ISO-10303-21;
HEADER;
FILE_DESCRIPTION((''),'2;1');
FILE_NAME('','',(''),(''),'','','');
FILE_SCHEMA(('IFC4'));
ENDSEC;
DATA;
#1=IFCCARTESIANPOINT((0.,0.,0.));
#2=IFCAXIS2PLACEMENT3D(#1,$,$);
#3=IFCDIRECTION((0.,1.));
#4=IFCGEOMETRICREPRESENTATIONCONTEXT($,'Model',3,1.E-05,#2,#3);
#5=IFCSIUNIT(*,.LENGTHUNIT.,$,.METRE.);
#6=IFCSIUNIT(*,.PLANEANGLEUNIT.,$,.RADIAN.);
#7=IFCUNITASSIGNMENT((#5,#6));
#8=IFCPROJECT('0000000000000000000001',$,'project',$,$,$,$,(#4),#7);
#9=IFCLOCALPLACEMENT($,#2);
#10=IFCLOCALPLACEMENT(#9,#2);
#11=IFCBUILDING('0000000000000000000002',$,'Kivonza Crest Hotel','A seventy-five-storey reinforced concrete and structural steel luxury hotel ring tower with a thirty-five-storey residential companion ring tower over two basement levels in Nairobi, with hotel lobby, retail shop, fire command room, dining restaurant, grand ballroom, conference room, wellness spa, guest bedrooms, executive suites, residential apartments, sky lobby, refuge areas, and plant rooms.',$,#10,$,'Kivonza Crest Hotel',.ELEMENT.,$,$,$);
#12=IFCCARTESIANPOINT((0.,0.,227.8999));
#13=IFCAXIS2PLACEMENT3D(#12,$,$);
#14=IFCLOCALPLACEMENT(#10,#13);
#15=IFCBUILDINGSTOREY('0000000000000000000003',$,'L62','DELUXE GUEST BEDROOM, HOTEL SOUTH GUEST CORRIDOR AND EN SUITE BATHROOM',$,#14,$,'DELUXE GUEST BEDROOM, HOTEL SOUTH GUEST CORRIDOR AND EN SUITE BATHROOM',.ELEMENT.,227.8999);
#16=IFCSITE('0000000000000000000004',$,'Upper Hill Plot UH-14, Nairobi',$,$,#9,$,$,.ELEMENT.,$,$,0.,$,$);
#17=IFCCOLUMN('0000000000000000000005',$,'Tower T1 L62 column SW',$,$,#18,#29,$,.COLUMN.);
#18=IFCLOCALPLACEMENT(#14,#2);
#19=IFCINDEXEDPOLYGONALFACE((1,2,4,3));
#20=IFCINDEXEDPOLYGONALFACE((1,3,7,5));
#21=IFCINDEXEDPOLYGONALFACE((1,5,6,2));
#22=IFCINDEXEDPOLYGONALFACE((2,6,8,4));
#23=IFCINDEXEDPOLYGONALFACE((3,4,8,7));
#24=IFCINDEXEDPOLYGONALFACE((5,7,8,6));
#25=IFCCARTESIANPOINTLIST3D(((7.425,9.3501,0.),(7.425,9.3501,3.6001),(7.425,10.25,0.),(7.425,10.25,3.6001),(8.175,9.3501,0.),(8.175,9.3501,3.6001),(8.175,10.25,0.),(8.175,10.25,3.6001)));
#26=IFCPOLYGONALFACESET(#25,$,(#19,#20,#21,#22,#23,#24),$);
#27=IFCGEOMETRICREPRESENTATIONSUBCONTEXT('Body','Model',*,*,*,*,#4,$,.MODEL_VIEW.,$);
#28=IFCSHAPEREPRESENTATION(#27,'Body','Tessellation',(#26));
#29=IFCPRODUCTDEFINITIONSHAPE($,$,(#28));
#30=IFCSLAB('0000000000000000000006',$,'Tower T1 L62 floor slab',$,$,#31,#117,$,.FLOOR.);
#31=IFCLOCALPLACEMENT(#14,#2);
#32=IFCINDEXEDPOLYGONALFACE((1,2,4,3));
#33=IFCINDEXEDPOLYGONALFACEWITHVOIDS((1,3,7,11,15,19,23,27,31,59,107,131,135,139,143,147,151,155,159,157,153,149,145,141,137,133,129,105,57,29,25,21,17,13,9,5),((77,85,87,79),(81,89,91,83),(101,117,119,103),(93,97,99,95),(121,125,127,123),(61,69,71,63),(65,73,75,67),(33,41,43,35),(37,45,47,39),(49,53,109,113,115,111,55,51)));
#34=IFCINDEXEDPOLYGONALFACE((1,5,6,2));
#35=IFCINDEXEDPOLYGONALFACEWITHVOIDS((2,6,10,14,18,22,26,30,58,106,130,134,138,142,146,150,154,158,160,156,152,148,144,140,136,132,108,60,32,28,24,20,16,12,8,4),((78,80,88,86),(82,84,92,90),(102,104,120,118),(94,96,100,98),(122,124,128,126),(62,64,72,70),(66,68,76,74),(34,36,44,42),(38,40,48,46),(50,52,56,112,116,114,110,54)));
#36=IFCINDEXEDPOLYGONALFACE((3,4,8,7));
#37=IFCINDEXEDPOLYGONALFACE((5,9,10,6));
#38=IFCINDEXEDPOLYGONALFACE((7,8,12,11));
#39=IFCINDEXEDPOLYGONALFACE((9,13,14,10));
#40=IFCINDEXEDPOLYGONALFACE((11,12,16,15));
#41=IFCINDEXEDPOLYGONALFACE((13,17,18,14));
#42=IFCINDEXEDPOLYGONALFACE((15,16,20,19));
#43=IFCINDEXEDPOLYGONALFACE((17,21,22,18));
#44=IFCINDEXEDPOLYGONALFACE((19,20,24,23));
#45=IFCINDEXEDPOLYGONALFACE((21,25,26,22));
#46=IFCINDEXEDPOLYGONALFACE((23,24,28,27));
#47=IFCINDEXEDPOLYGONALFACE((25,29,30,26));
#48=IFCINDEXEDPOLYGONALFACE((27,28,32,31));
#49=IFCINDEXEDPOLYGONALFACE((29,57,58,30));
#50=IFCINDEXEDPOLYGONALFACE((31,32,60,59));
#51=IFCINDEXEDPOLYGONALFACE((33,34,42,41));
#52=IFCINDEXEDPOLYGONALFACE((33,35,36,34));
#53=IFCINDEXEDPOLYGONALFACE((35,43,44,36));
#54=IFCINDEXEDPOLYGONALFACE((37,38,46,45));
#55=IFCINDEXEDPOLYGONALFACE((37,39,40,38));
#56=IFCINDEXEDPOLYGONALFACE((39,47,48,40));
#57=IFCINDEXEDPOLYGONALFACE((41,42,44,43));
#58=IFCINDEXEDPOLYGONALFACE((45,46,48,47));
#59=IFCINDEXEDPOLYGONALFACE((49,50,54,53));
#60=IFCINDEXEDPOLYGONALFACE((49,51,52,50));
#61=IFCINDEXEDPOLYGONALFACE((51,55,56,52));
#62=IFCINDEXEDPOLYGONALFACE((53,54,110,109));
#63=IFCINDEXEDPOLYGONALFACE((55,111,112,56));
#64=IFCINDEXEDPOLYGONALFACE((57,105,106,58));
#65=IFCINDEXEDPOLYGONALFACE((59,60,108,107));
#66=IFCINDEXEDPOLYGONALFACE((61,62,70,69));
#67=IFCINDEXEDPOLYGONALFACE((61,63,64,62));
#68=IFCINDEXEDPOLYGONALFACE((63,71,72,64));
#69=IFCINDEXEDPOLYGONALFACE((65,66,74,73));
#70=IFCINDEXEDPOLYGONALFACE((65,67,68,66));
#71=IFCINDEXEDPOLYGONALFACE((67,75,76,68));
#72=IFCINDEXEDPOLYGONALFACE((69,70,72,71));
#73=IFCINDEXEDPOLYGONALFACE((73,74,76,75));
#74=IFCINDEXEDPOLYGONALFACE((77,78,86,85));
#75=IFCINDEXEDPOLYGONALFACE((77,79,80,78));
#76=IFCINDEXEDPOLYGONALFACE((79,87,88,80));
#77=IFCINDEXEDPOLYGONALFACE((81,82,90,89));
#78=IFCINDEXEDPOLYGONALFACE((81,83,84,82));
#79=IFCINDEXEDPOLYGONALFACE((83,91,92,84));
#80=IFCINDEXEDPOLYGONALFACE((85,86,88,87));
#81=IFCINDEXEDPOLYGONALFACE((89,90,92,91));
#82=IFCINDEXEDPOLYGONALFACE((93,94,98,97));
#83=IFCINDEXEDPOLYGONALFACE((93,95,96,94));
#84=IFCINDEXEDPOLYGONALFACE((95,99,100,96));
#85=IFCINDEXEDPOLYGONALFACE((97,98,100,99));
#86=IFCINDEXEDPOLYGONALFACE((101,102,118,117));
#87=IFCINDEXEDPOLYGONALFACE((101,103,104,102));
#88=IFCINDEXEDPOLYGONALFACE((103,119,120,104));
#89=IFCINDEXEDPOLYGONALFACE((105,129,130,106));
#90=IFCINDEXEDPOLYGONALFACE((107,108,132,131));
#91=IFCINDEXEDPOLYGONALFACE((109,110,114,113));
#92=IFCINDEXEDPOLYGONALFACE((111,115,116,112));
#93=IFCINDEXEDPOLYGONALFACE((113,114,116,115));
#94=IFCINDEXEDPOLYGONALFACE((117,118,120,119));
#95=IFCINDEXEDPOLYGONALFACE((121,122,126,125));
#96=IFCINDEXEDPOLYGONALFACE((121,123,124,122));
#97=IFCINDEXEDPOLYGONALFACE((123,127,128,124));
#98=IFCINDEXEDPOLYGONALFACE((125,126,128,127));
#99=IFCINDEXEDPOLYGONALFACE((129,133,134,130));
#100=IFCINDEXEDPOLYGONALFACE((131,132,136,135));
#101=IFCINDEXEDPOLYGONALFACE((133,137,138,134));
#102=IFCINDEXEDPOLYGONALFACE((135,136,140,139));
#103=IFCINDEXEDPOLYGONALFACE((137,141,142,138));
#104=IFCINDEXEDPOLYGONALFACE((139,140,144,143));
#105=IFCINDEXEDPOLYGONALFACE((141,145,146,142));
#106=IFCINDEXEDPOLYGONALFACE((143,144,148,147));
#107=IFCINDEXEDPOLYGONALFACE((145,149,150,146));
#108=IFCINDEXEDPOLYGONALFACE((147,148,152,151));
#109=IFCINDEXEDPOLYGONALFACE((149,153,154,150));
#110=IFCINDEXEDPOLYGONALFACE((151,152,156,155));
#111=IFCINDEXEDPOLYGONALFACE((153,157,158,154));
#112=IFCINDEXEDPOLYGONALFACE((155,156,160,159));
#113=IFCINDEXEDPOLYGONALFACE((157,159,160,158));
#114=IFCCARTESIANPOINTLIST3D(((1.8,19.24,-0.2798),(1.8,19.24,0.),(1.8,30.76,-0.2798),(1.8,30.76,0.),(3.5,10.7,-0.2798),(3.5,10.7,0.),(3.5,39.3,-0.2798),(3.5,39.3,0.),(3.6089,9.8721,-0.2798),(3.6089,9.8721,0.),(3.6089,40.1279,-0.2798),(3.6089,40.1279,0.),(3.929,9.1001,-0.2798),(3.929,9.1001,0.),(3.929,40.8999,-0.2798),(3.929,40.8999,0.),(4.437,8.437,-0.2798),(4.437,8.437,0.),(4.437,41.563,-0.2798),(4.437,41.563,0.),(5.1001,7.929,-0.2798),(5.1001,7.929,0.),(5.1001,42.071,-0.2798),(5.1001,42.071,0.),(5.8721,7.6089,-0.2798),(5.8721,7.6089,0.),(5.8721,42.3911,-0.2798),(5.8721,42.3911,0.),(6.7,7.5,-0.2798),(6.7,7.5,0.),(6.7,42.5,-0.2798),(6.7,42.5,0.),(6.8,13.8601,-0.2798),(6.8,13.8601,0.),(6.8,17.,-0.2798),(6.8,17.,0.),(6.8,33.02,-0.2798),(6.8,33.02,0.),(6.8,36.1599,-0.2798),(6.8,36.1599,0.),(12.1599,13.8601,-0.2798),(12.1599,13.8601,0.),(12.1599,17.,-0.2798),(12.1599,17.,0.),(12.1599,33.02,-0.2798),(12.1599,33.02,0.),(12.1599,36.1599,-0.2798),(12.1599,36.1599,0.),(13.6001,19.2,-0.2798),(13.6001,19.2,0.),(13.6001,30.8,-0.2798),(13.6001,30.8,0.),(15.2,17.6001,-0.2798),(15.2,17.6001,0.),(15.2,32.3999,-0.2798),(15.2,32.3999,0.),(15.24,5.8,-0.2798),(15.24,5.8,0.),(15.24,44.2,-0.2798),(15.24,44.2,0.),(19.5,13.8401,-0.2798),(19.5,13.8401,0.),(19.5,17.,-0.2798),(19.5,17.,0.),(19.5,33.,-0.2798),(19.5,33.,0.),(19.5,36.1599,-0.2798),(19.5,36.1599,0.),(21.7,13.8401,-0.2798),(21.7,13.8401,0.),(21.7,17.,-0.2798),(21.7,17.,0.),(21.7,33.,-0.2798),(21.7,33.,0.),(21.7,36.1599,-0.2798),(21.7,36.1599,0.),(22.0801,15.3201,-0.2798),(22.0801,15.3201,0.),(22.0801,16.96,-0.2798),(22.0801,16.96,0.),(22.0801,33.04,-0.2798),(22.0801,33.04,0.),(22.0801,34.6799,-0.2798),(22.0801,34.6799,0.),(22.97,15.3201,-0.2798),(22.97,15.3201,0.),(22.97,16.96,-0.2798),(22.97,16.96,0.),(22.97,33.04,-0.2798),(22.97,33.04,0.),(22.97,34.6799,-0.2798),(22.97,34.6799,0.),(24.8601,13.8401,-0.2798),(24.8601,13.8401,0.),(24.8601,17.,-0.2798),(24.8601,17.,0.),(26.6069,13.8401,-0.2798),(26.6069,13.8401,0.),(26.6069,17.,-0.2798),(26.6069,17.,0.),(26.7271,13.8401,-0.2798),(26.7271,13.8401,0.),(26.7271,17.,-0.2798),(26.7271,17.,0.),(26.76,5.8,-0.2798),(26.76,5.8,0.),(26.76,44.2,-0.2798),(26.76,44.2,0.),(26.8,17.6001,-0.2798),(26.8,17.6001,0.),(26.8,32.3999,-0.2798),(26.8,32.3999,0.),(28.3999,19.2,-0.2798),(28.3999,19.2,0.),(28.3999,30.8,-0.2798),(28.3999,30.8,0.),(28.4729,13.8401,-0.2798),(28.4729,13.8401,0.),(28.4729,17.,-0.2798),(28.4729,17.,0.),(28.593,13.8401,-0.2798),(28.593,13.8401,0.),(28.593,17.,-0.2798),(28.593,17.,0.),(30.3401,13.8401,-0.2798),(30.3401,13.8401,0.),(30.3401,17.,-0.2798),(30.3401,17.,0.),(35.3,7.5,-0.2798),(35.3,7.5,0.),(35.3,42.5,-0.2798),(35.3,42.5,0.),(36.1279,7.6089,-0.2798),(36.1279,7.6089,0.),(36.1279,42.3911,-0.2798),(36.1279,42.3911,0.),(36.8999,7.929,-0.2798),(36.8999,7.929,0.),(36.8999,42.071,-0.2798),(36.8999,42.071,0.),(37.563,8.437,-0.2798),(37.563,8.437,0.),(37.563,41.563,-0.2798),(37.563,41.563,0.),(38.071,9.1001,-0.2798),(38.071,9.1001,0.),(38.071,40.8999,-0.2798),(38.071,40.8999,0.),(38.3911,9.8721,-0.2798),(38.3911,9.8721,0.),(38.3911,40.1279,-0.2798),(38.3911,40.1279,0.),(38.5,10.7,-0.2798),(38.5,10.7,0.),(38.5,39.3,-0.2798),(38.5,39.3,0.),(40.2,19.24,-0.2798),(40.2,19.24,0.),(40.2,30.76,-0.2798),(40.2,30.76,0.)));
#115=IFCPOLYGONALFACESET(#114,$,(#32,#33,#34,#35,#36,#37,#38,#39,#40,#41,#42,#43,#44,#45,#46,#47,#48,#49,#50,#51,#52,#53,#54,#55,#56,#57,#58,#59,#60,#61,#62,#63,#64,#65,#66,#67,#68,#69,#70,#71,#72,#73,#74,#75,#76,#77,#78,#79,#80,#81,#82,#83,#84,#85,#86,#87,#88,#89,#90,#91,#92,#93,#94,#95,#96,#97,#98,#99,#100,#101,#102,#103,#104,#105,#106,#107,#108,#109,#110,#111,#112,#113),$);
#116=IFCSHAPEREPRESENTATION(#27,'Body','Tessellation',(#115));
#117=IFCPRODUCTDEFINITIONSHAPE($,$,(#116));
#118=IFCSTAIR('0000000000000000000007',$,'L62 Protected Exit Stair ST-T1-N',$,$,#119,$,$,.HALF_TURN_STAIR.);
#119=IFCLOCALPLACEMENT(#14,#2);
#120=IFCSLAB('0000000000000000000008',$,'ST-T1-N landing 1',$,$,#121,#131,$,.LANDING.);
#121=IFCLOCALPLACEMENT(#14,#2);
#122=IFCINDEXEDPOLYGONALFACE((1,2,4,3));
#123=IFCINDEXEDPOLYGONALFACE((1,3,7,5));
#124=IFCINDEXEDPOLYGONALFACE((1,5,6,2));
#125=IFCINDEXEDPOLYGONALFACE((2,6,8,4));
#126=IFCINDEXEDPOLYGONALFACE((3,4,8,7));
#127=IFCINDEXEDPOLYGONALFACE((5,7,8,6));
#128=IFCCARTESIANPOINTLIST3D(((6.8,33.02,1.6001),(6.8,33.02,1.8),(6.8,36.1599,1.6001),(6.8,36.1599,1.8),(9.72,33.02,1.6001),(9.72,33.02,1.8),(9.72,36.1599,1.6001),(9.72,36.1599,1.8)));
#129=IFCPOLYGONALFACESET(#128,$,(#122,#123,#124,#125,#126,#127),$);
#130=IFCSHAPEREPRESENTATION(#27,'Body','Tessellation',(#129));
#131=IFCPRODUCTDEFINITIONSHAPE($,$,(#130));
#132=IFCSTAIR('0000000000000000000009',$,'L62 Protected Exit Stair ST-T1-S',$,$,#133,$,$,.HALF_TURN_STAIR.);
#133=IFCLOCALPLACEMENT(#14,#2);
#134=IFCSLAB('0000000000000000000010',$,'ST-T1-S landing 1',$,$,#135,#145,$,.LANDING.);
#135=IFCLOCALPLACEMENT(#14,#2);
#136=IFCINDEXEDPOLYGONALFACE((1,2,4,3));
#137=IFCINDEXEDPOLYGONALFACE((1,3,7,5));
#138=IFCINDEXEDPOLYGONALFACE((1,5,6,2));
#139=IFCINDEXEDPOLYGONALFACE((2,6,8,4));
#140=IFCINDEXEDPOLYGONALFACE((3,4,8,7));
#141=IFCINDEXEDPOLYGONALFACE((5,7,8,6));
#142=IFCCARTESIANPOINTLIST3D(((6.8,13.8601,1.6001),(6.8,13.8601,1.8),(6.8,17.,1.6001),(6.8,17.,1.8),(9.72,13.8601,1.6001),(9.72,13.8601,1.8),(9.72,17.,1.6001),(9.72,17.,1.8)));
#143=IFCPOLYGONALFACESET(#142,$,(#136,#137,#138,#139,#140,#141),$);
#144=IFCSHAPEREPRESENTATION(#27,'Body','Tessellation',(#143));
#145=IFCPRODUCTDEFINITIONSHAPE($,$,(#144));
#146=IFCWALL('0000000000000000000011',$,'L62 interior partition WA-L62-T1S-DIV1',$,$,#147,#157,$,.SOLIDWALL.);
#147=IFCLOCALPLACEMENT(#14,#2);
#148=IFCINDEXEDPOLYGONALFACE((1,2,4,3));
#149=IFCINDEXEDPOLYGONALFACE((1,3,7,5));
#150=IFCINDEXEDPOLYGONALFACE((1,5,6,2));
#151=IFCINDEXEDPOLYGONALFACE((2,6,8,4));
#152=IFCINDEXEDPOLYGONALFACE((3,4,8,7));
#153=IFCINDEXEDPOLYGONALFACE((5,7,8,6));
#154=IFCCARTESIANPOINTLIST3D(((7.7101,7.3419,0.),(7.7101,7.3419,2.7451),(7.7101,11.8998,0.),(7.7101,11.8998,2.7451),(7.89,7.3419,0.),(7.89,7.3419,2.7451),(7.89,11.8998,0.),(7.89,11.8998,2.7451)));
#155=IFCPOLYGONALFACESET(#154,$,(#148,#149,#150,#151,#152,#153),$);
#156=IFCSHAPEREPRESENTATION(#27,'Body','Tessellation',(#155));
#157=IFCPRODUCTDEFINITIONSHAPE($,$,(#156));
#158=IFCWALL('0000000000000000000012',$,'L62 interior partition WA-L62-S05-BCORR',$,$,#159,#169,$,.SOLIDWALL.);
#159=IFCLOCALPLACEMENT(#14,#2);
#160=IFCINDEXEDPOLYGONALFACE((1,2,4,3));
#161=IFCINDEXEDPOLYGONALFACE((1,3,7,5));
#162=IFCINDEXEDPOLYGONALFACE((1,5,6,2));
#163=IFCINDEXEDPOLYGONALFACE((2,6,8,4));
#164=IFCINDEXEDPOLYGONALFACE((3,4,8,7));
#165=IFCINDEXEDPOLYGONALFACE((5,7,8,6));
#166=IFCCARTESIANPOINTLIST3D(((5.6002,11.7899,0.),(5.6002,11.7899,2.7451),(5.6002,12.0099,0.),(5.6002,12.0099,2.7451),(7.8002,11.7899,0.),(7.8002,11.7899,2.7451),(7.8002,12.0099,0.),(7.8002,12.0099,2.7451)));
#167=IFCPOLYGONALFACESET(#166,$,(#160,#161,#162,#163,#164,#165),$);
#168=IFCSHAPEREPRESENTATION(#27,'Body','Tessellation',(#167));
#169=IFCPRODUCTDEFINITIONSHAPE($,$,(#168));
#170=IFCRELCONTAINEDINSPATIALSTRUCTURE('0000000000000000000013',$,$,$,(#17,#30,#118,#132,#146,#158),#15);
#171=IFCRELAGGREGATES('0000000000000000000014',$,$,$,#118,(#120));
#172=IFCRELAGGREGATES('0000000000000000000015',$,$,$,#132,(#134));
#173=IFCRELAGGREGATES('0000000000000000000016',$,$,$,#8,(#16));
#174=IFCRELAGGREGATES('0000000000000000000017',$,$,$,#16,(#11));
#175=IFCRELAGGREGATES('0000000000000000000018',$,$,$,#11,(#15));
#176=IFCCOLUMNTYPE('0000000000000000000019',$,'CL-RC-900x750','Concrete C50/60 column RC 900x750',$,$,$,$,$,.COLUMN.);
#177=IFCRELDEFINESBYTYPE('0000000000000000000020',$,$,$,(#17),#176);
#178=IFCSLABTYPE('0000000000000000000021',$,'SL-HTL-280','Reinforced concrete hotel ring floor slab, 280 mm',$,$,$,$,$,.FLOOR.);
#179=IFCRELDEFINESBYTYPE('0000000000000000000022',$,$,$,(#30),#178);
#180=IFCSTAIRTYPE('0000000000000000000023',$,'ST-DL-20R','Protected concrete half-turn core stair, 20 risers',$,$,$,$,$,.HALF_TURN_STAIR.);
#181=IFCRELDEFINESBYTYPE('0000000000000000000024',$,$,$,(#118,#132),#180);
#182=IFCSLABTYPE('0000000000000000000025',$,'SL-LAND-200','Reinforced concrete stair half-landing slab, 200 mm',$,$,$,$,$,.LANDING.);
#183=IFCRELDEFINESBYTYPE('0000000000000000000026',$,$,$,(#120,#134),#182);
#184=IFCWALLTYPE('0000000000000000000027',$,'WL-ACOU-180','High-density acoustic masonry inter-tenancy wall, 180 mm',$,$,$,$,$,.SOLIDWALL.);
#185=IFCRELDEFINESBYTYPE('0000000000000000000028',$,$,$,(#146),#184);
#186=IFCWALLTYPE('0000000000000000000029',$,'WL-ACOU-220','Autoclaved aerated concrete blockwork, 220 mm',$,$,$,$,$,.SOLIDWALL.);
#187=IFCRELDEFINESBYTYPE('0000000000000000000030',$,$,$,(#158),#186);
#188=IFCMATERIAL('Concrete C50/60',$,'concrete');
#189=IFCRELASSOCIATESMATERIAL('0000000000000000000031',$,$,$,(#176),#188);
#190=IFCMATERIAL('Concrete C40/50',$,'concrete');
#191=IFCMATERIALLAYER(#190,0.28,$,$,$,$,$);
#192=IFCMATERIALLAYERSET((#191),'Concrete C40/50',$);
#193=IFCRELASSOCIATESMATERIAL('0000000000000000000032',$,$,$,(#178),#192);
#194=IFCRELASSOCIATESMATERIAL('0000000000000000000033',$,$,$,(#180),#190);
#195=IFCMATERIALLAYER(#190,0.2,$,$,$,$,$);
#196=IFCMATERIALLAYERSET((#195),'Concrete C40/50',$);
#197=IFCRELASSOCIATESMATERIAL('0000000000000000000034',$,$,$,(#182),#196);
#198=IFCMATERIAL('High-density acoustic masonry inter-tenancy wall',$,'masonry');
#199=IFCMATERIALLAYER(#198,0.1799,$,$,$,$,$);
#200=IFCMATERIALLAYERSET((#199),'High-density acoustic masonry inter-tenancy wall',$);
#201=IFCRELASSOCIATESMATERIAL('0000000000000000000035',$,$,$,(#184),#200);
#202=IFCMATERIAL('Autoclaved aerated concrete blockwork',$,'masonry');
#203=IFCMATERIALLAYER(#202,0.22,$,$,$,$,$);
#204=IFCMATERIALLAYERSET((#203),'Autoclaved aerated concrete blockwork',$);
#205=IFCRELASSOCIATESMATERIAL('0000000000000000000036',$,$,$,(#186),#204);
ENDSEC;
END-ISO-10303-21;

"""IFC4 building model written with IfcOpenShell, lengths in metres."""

from ifc_helpers import new_model, si_unit, direction, frame, frame_2d, origin, origin_2d, place, context, subcontext, project, spatial, polyline, rectangle, outline, extrude, material, layer, layer_set, material_profile, profile_set, type_object, element, aggregate, save


model = new_model("IFC4")

# Units and contexts
model_context = context("Model", 3, precision=1e-05, world=origin(), true_north=direction((0.0, 1.0)))
body_context = subcontext(model_context, "Body", "Model", "MODEL_VIEW")
ifc_project = project(units=[si_unit("LENGTHUNIT", "METRE"), si_unit("PLANEANGLEUNIT", "RADIAN")], contexts=[model_context])

# Site, building, storey
site_placement = place(None, origin())
site = spatial("IfcSite", under=ifc_project, at=site_placement, Name="Upper Hill Plot UH-14, Nairobi", CompositionType="ELEMENT", RefElevation=0.0)
building_placement = place(site_placement, origin())
building = spatial("IfcBuilding", under=site, at=building_placement, Name="Kivonza Crest Hotel", Description="A seventy-five-storey reinforced concrete and structural steel luxury hotel ring tower with a thirty-five-storey residential companion ring tower over two basement levels in Nairobi, with hotel lobby, retail shop, fire command room, dining restaurant, grand ballroom, conference room, wellness spa, guest bedrooms, executive suites, residential apartments, sky lobby, refuge areas, and plant rooms.", LongName="Kivonza Crest Hotel", CompositionType="ELEMENT")
storey_placement = place(building_placement, frame((0.0, 0.0, 227.8999)))
storey = spatial("IfcBuildingStorey", under=building, at=storey_placement, Name="L62", Description="DELUXE GUEST BEDROOM, HOTEL SOUTH GUEST CORRIDOR AND EN SUITE BATHROOM", LongName="DELUXE GUEST BEDROOM, HOTEL SOUTH GUEST CORRIDOR AND EN SUITE BATHROOM", CompositionType="ELEMENT", Elevation=227.8999)

# Column
ifc_material_1 = material(Name="Concrete C50/60", Category="concrete")
ifc_material_profile = material_profile(ifc_material_1, rectangle(XDim=0.75, YDim=0.8999, at=origin_2d()), Name="RC 900x750")
ifc_profile_set = profile_set([ifc_material_profile], Name="Concrete C50/60")
column_type = type_object("IfcColumnType", Name="CL-RC-900x750", Description="Concrete C50/60 column RC 900x750", PredefinedType="COLUMN", material=ifc_profile_set)
column_placement = place(storey_placement, frame((7.8, 9.8, 0.0), z_axis=(0.0, 0.0, 1.0), x_axis=(1.0, 0.0, 0.0)))
element("IfcColumn", 1, at=column_placement, inside=storey, type_object=column_type, Name="Tower T1 L62 column SW", PredefinedType="COLUMN", context=body_context, shape_type="SweptSolid", body=[
    extrude(rectangle(XDim=0.75, YDim=0.8999, at=origin_2d()), origin(), (0.0, 0.0, 1.0), 3.6001),
])

# Slab
ifc_material_2 = material(Name="Concrete C40/50", Category="concrete")
ifc_layer_1 = layer(ifc_material_2, 0.28)
ifc_layer_set_1 = layer_set([ifc_layer_1], Name="Concrete C40/50")
slab_type_1 = type_object("IfcSlabType", Name="SL-HTL-280", Description="Reinforced concrete hotel ring floor slab, 280 mm", PredefinedType="FLOOR", material=ifc_layer_set_1)
slab_1_placement = place(storey_placement, frame((0.0, 0.0, -0.2798)))
element("IfcSlab", 2, at=slab_1_placement, inside=storey, type_object=slab_type_1, Name="Tower T1 L62 floor slab", PredefinedType="FLOOR", context=body_context, shape_type="SweptSolid", body=[
    extrude(outline(polyline([(3.5, 10.7), (3.6089, 9.8721), (3.929, 9.1001), (4.437, 8.437), (5.1001, 7.929), (5.8721, 7.6089), (6.7, 7.5), (15.24, 5.8), (26.76, 5.8), (35.3, 7.5), (36.1279, 7.6089), (36.8999, 7.929), (37.563, 8.437), (38.071, 9.1001), (38.3911, 9.8721), (38.5, 10.7), (40.2, 19.24), (40.2, 30.76), (38.5, 39.3), (38.3911, 40.1279), (38.071, 40.8999), (37.563, 41.563), (36.8999, 42.071), (36.1279, 42.3911), (35.3, 42.5), (26.76, 44.2), (15.24, 44.2), (6.7, 42.5), (5.8721, 42.3911), (5.1001, 42.071), (4.437, 41.563), (3.929, 40.8999), (3.6089, 40.1279), (3.5, 39.3), (1.8, 30.76), (1.8, 19.24), (3.5, 10.7)]), holes=[polyline([(15.2, 17.6001), (26.8, 17.6001), (28.3999, 19.2), (28.3999, 30.8), (26.8, 32.3999), (15.2, 32.3999), (13.6001, 30.8), (13.6001, 19.2), (15.2, 17.6001)]), polyline([(6.8, 33.02), (12.1599, 33.02), (12.1599, 36.1599), (6.8, 36.1599), (6.8, 33.02)]), polyline([(6.8, 13.8601), (12.1599, 13.8601), (12.1599, 17.0), (6.8, 17.0), (6.8, 13.8601)]), polyline([(22.0801, 33.04), (22.97, 33.04), (22.97, 34.6799), (22.0801, 34.6799), (22.0801, 33.04)]), polyline([(22.0801, 15.3201), (22.97, 15.3201), (22.97, 16.96), (22.0801, 16.96), (22.0801, 15.3201)]), polyline([(19.5, 33.0), (21.7, 33.0), (21.7, 36.1599), (19.5, 36.1599), (19.5, 33.0)]), polyline([(19.5, 13.8401), (21.7, 13.8401), (21.7, 17.0), (19.5, 17.0), (19.5, 13.8401)]), polyline([(24.8601, 13.8401), (26.6069, 13.8401), (26.6069, 17.0), (24.8601, 17.0), (24.8601, 13.8401)]), polyline([(26.7271, 13.8401), (28.4729, 13.8401), (28.4729, 17.0), (26.7271, 17.0), (26.7271, 13.8401)]), polyline([(28.593, 13.8401), (30.3401, 13.8401), (30.3401, 17.0), (28.593, 17.0), (28.593, 13.8401)])]), origin(), (0.0, 0.0, 1.0), 0.2798),
])

# Stairs, slabs
stair_type = type_object("IfcStairType", Name="ST-DL-20R", Description="Protected concrete half-turn core stair, 20 risers", PredefinedType="HALF_TURN_STAIR", material=ifc_material_2)
stair_1_placement = place(storey_placement, origin())
stair_1 = element("IfcStair", 3, at=stair_1_placement, inside=storey, type_object=stair_type, Name="L62 Protected Exit Stair ST-T1-N", PredefinedType="HALF_TURN_STAIR")
ifc_layer_2 = layer(ifc_material_2, 0.2)
ifc_layer_set_2 = layer_set([ifc_layer_2], Name="Concrete C40/50")
slab_type_2 = type_object("IfcSlabType", Name="SL-LAND-200", Description="Reinforced concrete stair half-landing slab, 200 mm", PredefinedType="LANDING", material=ifc_layer_set_2)
slab_2_placement = place(storey_placement, frame((0.0, 0.0, 1.6001)))
slab_2 = element("IfcSlab", 4, at=slab_2_placement, type_object=slab_type_2, Name="ST-T1-N landing 1", PredefinedType="LANDING", context=body_context, shape_type="SweptSolid", body=[
    extrude(outline(polyline([(9.72, 36.1599), (6.8, 36.1599), (6.8, 33.02), (9.72, 33.02), (9.72, 36.1599)])), origin(), (0.0, 0.0, 1.0), 0.2),
])
aggregate(stair_1, [slab_2])
stair_2_placement = place(storey_placement, origin())
stair_2 = element("IfcStair", 5, at=stair_2_placement, inside=storey, type_object=stair_type, Name="L62 Protected Exit Stair ST-T1-S", PredefinedType="HALF_TURN_STAIR")
slab_3_placement = place(storey_placement, frame((0.0, 0.0, 1.6001)))
slab_3 = element("IfcSlab", 6, at=slab_3_placement, type_object=slab_type_2, Name="ST-T1-S landing 1", PredefinedType="LANDING", context=body_context, shape_type="SweptSolid", body=[
    extrude(outline(polyline([(9.72, 17.0), (6.8, 17.0), (6.8, 13.8601), (9.72, 13.8601), (9.72, 17.0)])), origin(), (0.0, 0.0, 1.0), 0.2),
])
aggregate(stair_2, [slab_3])

# Walls
ifc_material_3 = material(Name="High-density acoustic masonry inter-tenancy wall", Category="masonry")
ifc_layer_3 = layer(ifc_material_3, 0.1799)
ifc_layer_set_3 = layer_set([ifc_layer_3], Name="High-density acoustic masonry inter-tenancy wall")
wall_type_1 = type_object("IfcWallType", Name="WL-ACOU-180", Description="High-density acoustic masonry inter-tenancy wall, 180 mm", PredefinedType="SOLIDWALL", material=ifc_layer_set_3)
wall_1_placement = place(storey_placement, frame((7.8, 7.342, 0.0), z_axis=(0.0, 0.0, 1.0), x_axis=(0.0, 1.0, 0.0)))
element("IfcWall", 7, at=wall_1_placement, inside=storey, type_object=wall_type_1, Name="L62 interior partition WA-L62-T1S-DIV1", PredefinedType="SOLIDWALL", context=body_context, shape_type="SweptSolid", body=[
    extrude(rectangle(XDim=4.5579, YDim=0.1799, at=frame_2d((2.2788, 0.0))), origin(), (0.0, 0.0, 1.0), 2.7451),
])
ifc_material_4 = material(Name="Autoclaved aerated concrete blockwork", Category="masonry")
ifc_layer_4 = layer(ifc_material_4, 0.22)
ifc_layer_set_4 = layer_set([ifc_layer_4], Name="Autoclaved aerated concrete blockwork")
wall_type_2 = type_object("IfcWallType", Name="WL-ACOU-220", Description="Autoclaved aerated concrete blockwork, 220 mm", PredefinedType="SOLIDWALL", material=ifc_layer_set_4)
wall_2_placement = place(storey_placement, frame((5.6001, 11.8999, 0.0), z_axis=(0.0, 0.0, 1.0), x_axis=(1.0, 0.0, 0.0)))
element("IfcWall", 8, at=wall_2_placement, inside=storey, type_object=wall_type_2, Name="L62 interior partition WA-L62-S05-BCORR", PredefinedType="SOLIDWALL", context=body_context, shape_type="SweptSolid", body=[
    extrude(rectangle(XDim=2.2, YDim=0.22, at=frame_2d((1.1001, 0.0))), origin(), (0.0, 0.0, 1.0), 2.7451),
])

save(model, "model.ifc")
